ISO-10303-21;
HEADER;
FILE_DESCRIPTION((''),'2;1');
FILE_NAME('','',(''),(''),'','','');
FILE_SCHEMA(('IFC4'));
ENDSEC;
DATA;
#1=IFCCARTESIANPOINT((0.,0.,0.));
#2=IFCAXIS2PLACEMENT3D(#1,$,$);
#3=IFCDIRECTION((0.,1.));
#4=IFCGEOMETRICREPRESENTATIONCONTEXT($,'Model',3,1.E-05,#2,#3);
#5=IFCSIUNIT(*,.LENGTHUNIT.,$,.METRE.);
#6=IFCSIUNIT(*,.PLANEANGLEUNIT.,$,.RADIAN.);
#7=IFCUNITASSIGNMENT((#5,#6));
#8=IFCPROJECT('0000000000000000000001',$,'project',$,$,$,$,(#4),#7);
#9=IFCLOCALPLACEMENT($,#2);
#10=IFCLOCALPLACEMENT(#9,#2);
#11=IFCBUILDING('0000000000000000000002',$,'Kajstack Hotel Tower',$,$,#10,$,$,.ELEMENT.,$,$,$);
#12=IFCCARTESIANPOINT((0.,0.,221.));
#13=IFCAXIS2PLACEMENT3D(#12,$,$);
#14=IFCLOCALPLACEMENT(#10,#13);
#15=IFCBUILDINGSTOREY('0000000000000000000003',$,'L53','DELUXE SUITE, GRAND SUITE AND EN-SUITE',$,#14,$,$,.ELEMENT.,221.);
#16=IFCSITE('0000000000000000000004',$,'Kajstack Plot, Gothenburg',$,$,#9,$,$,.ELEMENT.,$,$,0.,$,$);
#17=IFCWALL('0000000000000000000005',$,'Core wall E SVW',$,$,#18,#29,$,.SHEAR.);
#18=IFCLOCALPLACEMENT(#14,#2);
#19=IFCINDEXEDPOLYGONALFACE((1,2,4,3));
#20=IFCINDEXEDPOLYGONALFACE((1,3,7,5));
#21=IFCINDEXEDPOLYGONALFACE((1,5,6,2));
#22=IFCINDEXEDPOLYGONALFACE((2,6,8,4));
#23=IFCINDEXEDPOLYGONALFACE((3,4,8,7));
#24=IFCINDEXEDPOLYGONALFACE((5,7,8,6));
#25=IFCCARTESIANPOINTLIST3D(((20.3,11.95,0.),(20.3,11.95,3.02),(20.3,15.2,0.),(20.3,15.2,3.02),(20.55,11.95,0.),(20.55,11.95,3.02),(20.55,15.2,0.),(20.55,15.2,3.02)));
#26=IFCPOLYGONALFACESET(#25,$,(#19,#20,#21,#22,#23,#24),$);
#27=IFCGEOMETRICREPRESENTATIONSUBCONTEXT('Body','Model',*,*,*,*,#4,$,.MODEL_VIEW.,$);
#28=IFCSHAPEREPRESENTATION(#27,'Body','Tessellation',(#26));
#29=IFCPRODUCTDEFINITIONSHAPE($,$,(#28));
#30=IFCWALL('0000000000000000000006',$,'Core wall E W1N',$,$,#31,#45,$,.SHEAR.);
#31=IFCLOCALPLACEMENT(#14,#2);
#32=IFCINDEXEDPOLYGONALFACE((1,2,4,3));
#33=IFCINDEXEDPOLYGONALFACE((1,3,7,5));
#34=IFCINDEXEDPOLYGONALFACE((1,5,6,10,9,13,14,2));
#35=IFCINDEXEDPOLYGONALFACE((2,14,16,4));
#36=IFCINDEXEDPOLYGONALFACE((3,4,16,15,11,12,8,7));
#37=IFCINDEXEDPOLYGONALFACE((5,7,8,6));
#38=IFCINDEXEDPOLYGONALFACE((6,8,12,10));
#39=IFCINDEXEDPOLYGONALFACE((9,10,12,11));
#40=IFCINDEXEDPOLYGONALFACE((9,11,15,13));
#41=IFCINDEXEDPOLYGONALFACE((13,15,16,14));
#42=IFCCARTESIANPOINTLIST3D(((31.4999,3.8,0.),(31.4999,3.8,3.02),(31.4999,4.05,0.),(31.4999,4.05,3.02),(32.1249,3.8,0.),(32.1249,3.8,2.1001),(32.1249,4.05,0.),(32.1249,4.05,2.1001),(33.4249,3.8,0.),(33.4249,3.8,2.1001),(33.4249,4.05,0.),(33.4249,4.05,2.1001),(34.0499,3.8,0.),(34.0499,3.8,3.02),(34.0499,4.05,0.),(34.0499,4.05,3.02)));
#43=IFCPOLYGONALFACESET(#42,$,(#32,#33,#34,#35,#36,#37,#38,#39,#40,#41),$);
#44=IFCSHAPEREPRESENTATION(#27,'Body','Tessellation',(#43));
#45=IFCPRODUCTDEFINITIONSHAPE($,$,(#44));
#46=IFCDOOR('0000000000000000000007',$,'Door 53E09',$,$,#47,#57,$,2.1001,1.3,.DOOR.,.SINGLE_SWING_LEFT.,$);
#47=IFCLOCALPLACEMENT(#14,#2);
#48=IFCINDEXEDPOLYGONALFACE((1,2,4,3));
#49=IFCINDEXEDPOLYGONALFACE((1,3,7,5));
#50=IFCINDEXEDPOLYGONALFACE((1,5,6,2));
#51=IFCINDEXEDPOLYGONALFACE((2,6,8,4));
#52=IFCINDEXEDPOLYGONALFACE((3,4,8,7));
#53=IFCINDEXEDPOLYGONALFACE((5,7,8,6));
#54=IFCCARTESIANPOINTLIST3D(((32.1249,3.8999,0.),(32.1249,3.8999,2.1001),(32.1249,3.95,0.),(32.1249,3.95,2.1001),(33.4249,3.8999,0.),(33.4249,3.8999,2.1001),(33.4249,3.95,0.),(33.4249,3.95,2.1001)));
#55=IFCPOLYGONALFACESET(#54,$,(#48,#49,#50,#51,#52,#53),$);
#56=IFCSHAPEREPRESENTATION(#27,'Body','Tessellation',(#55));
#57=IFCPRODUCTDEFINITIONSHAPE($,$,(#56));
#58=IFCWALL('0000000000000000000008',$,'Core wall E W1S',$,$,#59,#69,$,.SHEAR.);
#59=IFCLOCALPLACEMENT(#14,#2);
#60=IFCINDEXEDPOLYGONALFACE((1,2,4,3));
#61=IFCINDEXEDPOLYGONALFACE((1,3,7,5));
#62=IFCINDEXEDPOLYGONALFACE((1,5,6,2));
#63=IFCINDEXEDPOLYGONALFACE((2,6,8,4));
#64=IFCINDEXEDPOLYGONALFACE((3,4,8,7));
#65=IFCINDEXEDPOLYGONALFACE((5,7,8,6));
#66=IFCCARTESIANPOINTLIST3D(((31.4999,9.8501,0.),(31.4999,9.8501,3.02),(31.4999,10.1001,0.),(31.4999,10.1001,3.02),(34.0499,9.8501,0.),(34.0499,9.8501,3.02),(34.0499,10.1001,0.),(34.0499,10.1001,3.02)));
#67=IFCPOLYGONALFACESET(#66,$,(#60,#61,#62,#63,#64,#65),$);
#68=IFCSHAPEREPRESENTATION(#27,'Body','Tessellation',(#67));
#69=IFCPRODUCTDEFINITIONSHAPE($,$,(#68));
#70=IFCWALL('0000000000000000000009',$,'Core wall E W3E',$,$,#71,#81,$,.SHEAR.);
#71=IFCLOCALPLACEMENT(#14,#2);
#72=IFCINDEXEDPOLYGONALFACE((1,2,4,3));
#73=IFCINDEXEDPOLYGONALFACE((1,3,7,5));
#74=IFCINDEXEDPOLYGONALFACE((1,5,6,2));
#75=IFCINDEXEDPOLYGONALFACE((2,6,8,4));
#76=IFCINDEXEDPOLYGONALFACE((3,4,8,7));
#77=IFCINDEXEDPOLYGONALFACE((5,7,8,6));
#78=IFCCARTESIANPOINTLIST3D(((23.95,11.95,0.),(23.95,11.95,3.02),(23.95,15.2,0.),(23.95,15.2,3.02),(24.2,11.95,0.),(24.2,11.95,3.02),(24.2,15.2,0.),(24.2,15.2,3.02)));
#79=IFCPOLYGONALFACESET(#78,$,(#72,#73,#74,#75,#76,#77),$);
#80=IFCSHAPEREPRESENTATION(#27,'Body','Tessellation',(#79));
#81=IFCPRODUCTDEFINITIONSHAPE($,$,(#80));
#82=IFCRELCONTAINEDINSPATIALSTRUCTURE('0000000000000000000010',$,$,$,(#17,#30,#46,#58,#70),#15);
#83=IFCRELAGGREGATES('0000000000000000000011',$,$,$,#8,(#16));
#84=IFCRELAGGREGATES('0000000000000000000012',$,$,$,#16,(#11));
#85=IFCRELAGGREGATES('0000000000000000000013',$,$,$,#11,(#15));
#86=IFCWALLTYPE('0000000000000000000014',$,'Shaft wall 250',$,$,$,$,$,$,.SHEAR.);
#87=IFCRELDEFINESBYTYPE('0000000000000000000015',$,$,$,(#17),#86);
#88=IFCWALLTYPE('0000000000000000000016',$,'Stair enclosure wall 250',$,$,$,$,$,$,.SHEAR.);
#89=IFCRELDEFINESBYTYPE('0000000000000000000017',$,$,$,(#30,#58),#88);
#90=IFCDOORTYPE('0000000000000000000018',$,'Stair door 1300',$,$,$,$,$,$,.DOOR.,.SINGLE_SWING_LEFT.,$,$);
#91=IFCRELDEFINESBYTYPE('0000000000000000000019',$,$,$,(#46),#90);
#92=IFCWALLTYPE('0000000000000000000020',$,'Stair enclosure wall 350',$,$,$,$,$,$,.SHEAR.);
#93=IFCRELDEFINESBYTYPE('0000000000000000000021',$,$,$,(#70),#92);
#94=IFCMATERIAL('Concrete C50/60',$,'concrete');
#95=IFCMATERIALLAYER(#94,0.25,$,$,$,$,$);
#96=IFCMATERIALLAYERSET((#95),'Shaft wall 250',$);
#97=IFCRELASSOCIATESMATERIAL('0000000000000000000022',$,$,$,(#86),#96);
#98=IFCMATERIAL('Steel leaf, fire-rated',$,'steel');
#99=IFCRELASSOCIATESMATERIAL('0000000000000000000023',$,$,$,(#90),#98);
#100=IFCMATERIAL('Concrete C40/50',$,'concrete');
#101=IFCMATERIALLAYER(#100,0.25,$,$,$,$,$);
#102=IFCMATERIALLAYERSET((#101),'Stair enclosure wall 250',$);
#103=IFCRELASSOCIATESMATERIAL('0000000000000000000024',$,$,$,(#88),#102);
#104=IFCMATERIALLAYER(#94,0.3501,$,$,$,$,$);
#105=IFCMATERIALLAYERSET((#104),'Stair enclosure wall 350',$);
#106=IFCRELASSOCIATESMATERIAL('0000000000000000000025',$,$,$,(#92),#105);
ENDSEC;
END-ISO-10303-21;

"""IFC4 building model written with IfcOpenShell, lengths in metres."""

from ifc_helpers import new_model, si_unit, direction, frame, frame_2d, origin, place, context, subcontext, project, spatial, rectangle, extrude, material, layer, layer_set, type_object, element, fill, save


model = new_model("IFC4")

# Units and contexts
model_context = context("Model", 3, precision=1e-05, world=origin(), true_north=direction((0.0, 1.0)))
body_context = subcontext(model_context, "Body", "Model", "MODEL_VIEW")
ifc_project = project(units=[si_unit("LENGTHUNIT", "METRE"), si_unit("PLANEANGLEUNIT", "RADIAN")], contexts=[model_context])

# Site, building, storey
site_placement = place(None, origin())
site = spatial("IfcSite", under=ifc_project, at=site_placement, Name="Kajstack Plot, Gothenburg", CompositionType="ELEMENT", RefElevation=0.0)
building_placement = place(site_placement, origin())
building = spatial("IfcBuilding", under=site, at=building_placement, Name="Kajstack Hotel Tower", CompositionType="ELEMENT")
storey_placement = place(building_placement, frame((0.0, 0.0, 221.0)))
storey = spatial("IfcBuildingStorey", under=building, at=storey_placement, Name="L53", Description="DELUXE SUITE, GRAND SUITE AND EN-SUITE", CompositionType="ELEMENT", Elevation=221.0)

# Shared definitions
ifc_material_1 = material(Name="Concrete C40/50", Category="concrete")
ifc_material_2 = material(Name="Concrete C50/60", Category="concrete")

# Shared definitions
ifc_layer_1 = layer(ifc_material_2, 0.25)
ifc_layer_set_1 = layer_set([ifc_layer_1], Name="Shaft wall 250")
wall_type_1 = type_object("IfcWallType", Name="Shaft wall 250", PredefinedType="SHEAR", material=ifc_layer_set_1)
ifc_material_3 = material(Name="Steel leaf, fire-rated", Category="steel")
door_type_1 = type_object("IfcDoorType", Name="Stair door 1300", OperationType="SINGLE_SWING_LEFT", PredefinedType="DOOR", material=ifc_material_3)

# Wall
wall_1_placement = place(storey_placement, frame((20.425, 11.95, 0.0), z_axis=(0.0, 0.0, 1.0), x_axis=(0.0, 1.0, 0.0)))
element("IfcWall", 1, at=wall_1_placement, inside=storey, type_object=wall_type_1, Name="Core wall E SVW", PredefinedType="SHEAR", context=body_context, shape_type="SweptSolid", body=[
    extrude(rectangle(XDim=3.25, YDim=0.25, at=frame_2d((1.625, 0.0))), origin(), (0.0, 0.0, 1.0), 3.02),
])

# Wall, opening, door
ifc_layer_2 = layer(ifc_material_1, 0.25)
ifc_layer_set_2 = layer_set([ifc_layer_2], Name="Stair enclosure wall 250")
wall_type_2 = type_object("IfcWallType", Name="Stair enclosure wall 250", PredefinedType="SHEAR", material=ifc_layer_set_2)
wall_2_placement = place(storey_placement, frame((31.5, 3.925, 0.0), z_axis=(0.0, 0.0, 1.0), x_axis=(1.0, 0.0, 0.0)))
wall_2 = element("IfcWall", 2, at=wall_2_placement, inside=storey, type_object=wall_type_2, Name="Core wall E W1N", PredefinedType="SHEAR", context=body_context, shape_type="SweptSolid", body=[
    extrude(rectangle(XDim=2.55, YDim=0.25, at=frame_2d((1.2749, 0.0))), origin(), (0.0, 0.0, 1.0), 3.02),
])
opening_1_placement = place(wall_2_placement, frame((0.625, 0.0, 0.0)))
opening_1 = element("IfcOpeningElement", 3, at=opening_1_placement, cuts=wall_2, PredefinedType="OPENING", context=body_context, shape_type="SweptSolid", body=[
    extrude(rectangle(XDim=1.3, YDim=2.1001, at=frame_2d((0.6499, 1.05))), frame((0.0, 0.135, 0.0), z_axis=(0.0, -1.0, 0.0), x_axis=(1.0, 0.0, 0.0)), (0.0, 0.0, 1.0), 0.27),
])
door_1_placement = place(opening_1_placement, origin())
door_1 = element("IfcDoor", 4, at=door_1_placement, inside=storey, type_object=door_type_1, Name="Door 53E09", OperationType="SINGLE_SWING_LEFT", OverallHeight=2.1001, OverallWidth=1.3, PredefinedType="DOOR", context=body_context, shape_type="SweptSolid", body=[
    extrude(rectangle(XDim=1.3, YDim=2.1001, at=frame_2d((0.6499, 1.05))), frame((0.0, 0.0249, 0.0), z_axis=(0.0, -1.0, 0.0), x_axis=(1.0, 0.0, 0.0)), (0.0, 0.0, 1.0), 0.05),
])
fill(opening_1, door_1)

# Walls
wall_3_placement = place(storey_placement, frame((31.5, 9.9751, 0.0), z_axis=(0.0, 0.0, 1.0), x_axis=(1.0, 0.0, 0.0)))
element("IfcWall", 5, at=wall_3_placement, inside=storey, type_object=wall_type_2, Name="Core wall E W1S", PredefinedType="SHEAR", context=body_context, shape_type="SweptSolid", body=[
    extrude(rectangle(XDim=2.55, YDim=0.25, at=frame_2d((1.2749, 0.0))), origin(), (0.0, 0.0, 1.0), 3.02),
])
ifc_layer_3 = layer(ifc_material_2, 0.3501)
ifc_layer_set_3 = layer_set([ifc_layer_3], Name="Stair enclosure wall 350")
wall_type_3 = type_object("IfcWallType", Name="Stair enclosure wall 350", PredefinedType="SHEAR", material=ifc_layer_set_3)
wall_4_placement = place(storey_placement, frame((24.075, 11.95, 0.0), z_axis=(0.0, 0.0, 1.0), x_axis=(0.0, 1.0, 0.0)))
element("IfcWall", 6, at=wall_4_placement, inside=storey, type_object=wall_type_3, Name="Core wall E W3E", PredefinedType="SHEAR", context=body_context, shape_type="SweptSolid", body=[
    extrude(rectangle(XDim=3.25, YDim=0.25, at=frame_2d((1.625, 0.0))), origin(), (0.0, 0.0, 1.0), 3.02),
])

save(model, "model.ifc")
